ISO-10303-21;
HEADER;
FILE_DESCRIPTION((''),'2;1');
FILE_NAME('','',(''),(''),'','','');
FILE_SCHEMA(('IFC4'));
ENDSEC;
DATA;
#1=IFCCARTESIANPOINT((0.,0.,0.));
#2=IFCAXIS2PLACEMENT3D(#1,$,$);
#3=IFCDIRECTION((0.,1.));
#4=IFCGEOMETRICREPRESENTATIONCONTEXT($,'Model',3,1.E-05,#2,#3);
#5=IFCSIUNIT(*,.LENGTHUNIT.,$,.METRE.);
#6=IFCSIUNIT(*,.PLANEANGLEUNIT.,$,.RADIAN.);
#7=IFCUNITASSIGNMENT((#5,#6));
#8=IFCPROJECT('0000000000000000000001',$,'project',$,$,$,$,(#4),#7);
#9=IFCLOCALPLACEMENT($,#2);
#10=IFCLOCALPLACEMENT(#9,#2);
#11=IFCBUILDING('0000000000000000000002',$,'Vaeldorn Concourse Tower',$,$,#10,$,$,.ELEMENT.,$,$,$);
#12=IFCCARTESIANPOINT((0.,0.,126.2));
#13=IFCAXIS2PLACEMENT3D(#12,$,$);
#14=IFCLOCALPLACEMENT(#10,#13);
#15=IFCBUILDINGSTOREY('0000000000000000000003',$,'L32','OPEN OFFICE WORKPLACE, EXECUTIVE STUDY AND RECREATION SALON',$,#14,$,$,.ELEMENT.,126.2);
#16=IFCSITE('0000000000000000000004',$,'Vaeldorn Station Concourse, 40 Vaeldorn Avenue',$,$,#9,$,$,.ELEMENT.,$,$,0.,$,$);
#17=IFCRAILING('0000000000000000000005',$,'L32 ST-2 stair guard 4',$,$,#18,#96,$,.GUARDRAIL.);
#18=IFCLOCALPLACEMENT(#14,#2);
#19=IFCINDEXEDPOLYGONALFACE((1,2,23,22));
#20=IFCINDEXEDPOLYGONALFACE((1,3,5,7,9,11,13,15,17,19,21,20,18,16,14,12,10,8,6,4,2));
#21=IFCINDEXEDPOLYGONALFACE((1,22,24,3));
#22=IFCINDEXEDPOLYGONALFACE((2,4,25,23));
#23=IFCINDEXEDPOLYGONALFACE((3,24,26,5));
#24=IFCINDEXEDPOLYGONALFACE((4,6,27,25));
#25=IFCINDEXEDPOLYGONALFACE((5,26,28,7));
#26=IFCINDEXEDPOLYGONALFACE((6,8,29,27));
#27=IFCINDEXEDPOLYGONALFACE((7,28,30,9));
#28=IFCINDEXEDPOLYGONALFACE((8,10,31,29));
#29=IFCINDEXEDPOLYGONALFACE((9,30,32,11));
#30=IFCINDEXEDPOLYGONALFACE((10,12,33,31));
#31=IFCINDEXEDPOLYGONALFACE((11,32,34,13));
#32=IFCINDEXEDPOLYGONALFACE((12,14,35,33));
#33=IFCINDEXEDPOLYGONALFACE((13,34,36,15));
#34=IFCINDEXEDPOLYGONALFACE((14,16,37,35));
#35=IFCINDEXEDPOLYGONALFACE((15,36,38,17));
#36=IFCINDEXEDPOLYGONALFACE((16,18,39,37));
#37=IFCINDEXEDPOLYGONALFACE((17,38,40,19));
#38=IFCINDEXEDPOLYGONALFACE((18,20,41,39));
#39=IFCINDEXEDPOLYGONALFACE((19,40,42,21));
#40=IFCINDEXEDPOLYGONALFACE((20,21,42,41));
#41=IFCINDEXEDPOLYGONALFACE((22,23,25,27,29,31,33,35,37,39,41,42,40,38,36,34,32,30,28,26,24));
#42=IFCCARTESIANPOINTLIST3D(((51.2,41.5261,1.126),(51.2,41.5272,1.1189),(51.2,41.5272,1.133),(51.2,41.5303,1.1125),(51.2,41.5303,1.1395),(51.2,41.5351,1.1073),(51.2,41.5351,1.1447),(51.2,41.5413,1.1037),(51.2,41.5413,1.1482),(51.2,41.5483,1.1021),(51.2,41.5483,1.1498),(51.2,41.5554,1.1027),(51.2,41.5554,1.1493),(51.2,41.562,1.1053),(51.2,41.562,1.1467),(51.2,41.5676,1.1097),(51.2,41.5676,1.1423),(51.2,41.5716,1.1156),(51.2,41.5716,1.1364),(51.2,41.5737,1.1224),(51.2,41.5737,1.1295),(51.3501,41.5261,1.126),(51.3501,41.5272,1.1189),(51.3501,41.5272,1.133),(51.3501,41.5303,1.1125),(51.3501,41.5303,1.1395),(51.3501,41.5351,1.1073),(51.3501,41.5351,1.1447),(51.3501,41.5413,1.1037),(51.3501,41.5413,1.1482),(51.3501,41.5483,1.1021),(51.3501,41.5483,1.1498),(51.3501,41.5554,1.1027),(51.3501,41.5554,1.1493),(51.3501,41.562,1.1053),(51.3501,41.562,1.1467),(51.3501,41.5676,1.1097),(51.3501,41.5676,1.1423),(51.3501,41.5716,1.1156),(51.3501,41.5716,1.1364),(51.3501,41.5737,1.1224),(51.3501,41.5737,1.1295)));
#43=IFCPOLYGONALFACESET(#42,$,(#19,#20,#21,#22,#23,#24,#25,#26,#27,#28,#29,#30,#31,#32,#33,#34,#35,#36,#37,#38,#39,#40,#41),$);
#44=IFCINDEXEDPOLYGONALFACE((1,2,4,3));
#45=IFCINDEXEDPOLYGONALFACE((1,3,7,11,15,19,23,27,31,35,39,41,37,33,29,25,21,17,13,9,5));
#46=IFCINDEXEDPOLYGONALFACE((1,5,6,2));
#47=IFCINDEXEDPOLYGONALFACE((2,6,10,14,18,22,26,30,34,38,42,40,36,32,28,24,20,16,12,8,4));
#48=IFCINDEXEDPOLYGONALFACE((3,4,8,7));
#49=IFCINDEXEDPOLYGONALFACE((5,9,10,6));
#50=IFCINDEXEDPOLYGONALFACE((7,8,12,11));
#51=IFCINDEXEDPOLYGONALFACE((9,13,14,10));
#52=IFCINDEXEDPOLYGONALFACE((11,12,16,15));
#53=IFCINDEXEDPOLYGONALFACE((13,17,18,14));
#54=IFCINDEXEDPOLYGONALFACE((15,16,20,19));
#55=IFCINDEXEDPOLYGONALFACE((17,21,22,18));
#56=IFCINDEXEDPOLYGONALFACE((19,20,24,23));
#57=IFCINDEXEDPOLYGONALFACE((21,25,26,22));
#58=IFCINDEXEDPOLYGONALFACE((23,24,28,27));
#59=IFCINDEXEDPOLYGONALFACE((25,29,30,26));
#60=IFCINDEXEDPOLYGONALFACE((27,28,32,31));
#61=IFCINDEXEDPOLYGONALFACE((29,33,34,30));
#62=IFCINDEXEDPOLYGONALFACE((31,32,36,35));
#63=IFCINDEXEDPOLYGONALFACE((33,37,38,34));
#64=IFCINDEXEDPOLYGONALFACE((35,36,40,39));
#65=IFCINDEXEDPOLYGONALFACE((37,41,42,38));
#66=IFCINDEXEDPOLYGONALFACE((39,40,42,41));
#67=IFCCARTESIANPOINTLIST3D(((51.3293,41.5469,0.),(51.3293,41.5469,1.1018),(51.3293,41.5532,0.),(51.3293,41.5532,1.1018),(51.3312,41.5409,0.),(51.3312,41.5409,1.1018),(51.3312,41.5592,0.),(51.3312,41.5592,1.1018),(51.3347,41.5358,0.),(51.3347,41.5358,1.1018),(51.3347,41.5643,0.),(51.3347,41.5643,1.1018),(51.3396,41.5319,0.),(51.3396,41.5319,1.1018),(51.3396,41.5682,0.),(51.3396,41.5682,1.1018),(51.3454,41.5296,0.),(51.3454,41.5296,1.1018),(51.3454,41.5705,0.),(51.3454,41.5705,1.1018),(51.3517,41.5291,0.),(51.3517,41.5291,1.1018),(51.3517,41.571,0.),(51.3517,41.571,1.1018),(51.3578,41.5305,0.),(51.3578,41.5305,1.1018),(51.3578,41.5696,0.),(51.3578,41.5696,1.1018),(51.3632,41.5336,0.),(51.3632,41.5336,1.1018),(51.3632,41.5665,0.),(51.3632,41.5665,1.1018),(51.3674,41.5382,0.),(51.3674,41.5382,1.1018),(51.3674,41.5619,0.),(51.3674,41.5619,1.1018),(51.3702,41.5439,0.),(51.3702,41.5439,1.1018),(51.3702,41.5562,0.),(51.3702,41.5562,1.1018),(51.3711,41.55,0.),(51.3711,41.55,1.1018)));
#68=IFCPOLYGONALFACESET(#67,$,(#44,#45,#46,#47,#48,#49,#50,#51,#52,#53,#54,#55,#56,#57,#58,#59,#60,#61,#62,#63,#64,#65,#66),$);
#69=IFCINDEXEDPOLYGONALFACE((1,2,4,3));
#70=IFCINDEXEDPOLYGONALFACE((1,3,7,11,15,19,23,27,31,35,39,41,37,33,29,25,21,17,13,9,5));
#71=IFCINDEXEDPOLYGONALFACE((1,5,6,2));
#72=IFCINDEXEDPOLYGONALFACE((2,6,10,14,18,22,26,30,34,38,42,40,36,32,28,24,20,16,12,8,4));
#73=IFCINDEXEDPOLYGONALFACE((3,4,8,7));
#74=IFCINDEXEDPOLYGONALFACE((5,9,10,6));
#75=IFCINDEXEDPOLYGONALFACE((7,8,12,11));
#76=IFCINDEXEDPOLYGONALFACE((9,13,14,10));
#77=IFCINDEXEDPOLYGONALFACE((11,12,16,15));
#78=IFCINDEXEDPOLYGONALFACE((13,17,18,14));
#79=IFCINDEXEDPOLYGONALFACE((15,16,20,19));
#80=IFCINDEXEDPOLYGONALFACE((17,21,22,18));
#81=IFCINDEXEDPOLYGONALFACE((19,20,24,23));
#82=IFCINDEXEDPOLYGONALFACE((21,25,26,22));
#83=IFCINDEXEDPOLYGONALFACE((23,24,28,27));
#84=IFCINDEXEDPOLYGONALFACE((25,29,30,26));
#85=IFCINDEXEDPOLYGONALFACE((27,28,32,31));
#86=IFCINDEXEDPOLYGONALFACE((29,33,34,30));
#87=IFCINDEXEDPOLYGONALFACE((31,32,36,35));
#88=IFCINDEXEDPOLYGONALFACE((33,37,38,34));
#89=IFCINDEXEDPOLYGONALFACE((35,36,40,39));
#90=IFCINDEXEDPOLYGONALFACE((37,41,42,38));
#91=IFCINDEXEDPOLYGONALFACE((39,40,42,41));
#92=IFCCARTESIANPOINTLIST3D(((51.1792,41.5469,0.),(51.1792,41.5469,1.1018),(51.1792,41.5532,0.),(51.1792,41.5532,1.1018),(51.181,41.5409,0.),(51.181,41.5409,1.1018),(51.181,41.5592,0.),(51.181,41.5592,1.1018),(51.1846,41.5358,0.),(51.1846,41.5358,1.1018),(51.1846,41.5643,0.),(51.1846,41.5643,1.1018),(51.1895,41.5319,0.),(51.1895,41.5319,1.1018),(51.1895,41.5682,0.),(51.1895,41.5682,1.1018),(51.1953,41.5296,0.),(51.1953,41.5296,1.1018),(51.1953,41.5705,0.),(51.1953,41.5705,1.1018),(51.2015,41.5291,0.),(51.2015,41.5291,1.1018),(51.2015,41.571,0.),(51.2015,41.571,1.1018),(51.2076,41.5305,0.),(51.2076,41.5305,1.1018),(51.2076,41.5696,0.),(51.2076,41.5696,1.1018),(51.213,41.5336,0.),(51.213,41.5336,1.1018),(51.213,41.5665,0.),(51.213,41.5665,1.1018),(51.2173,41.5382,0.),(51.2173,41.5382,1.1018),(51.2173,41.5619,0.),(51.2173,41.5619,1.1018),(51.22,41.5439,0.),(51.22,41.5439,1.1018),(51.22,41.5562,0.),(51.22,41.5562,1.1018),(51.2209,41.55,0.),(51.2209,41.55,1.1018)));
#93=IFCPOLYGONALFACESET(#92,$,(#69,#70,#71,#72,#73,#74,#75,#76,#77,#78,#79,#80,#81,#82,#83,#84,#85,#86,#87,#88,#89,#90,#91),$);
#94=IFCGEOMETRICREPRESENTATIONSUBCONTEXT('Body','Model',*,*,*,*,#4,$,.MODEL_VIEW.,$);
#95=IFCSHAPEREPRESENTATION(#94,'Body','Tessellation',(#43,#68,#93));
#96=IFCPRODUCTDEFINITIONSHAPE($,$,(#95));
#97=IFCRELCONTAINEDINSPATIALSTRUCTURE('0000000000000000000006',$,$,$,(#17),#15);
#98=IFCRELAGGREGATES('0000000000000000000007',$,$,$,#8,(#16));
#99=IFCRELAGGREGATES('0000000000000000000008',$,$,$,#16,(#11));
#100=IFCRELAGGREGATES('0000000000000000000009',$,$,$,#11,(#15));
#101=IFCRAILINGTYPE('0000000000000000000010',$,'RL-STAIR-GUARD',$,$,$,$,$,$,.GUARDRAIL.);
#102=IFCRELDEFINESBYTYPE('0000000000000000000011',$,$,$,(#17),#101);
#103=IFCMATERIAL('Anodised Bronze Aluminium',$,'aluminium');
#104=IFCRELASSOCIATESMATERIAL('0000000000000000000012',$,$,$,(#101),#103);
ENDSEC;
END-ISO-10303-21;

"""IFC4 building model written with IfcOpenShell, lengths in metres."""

from ifc_helpers import new_model, si_unit, direction, frame, origin, origin_2d, place, context, subcontext, project, spatial, circle, extrude, material, type_object, element, save


model = new_model("IFC4")

# Units and contexts
model_context = context("Model", 3, precision=1e-05, world=origin(), true_north=direction((0.0, 1.0)))
body_context = subcontext(model_context, "Body", "Model", "MODEL_VIEW")
ifc_project = project(units=[si_unit("LENGTHUNIT", "METRE"), si_unit("PLANEANGLEUNIT", "RADIAN")], contexts=[model_context])

# Site, building, storey
site_placement = place(None, origin())
site = spatial("IfcSite", under=ifc_project, at=site_placement, Name="Vaeldorn Station Concourse, 40 Vaeldorn Avenue", CompositionType="ELEMENT", RefElevation=0.0)
building_placement = place(site_placement, origin())
building = spatial("IfcBuilding", under=site, at=building_placement, Name="Vaeldorn Concourse Tower", CompositionType="ELEMENT")
storey_placement = place(building_placement, frame((0.0, 0.0, 126.2)))
storey = spatial("IfcBuildingStorey", under=building, at=storey_placement, Name="L32", Description="OPEN OFFICE WORKPLACE, EXECUTIVE STUDY AND RECREATION SALON", CompositionType="ELEMENT", Elevation=126.2)

# Shared definitions
ifc_material_1 = material(Name="Anodised Bronze Aluminium", Category="aluminium")

# Railing
railing_type_1 = type_object("IfcRailingType", Name="RL-STAIR-GUARD", PredefinedType="GUARDRAIL", material=ifc_material_1)
railing_1_placement = place(storey_placement, frame((51.3501, 41.55, 0.0)))
element("IfcRailing", 1, at=railing_1_placement, inside=storey, type_object=railing_type_1, Name="L32 ST-2 stair guard 4", PredefinedType="GUARDRAIL", context=body_context, shape_type="SweptSolid", body=[
    extrude(circle(Radius=0.0239, at=origin_2d()), frame((0.0, 0.0, 1.126), z_axis=(-1.0, 0.0, 0.0), x_axis=(0.0, -1.0, 0.0)), (0.0, 0.0, 1.0), 0.1501),
    extrude(circle(Radius=0.021, at=origin_2d()), origin(), (0.0, 0.0, 1.0), 1.1018),
    extrude(circle(Radius=0.021, at=origin_2d()), frame((-0.1501, 0.0, 0.0)), (0.0, 0.0, 1.0), 1.1018),
])

save(model, "model.ifc")
